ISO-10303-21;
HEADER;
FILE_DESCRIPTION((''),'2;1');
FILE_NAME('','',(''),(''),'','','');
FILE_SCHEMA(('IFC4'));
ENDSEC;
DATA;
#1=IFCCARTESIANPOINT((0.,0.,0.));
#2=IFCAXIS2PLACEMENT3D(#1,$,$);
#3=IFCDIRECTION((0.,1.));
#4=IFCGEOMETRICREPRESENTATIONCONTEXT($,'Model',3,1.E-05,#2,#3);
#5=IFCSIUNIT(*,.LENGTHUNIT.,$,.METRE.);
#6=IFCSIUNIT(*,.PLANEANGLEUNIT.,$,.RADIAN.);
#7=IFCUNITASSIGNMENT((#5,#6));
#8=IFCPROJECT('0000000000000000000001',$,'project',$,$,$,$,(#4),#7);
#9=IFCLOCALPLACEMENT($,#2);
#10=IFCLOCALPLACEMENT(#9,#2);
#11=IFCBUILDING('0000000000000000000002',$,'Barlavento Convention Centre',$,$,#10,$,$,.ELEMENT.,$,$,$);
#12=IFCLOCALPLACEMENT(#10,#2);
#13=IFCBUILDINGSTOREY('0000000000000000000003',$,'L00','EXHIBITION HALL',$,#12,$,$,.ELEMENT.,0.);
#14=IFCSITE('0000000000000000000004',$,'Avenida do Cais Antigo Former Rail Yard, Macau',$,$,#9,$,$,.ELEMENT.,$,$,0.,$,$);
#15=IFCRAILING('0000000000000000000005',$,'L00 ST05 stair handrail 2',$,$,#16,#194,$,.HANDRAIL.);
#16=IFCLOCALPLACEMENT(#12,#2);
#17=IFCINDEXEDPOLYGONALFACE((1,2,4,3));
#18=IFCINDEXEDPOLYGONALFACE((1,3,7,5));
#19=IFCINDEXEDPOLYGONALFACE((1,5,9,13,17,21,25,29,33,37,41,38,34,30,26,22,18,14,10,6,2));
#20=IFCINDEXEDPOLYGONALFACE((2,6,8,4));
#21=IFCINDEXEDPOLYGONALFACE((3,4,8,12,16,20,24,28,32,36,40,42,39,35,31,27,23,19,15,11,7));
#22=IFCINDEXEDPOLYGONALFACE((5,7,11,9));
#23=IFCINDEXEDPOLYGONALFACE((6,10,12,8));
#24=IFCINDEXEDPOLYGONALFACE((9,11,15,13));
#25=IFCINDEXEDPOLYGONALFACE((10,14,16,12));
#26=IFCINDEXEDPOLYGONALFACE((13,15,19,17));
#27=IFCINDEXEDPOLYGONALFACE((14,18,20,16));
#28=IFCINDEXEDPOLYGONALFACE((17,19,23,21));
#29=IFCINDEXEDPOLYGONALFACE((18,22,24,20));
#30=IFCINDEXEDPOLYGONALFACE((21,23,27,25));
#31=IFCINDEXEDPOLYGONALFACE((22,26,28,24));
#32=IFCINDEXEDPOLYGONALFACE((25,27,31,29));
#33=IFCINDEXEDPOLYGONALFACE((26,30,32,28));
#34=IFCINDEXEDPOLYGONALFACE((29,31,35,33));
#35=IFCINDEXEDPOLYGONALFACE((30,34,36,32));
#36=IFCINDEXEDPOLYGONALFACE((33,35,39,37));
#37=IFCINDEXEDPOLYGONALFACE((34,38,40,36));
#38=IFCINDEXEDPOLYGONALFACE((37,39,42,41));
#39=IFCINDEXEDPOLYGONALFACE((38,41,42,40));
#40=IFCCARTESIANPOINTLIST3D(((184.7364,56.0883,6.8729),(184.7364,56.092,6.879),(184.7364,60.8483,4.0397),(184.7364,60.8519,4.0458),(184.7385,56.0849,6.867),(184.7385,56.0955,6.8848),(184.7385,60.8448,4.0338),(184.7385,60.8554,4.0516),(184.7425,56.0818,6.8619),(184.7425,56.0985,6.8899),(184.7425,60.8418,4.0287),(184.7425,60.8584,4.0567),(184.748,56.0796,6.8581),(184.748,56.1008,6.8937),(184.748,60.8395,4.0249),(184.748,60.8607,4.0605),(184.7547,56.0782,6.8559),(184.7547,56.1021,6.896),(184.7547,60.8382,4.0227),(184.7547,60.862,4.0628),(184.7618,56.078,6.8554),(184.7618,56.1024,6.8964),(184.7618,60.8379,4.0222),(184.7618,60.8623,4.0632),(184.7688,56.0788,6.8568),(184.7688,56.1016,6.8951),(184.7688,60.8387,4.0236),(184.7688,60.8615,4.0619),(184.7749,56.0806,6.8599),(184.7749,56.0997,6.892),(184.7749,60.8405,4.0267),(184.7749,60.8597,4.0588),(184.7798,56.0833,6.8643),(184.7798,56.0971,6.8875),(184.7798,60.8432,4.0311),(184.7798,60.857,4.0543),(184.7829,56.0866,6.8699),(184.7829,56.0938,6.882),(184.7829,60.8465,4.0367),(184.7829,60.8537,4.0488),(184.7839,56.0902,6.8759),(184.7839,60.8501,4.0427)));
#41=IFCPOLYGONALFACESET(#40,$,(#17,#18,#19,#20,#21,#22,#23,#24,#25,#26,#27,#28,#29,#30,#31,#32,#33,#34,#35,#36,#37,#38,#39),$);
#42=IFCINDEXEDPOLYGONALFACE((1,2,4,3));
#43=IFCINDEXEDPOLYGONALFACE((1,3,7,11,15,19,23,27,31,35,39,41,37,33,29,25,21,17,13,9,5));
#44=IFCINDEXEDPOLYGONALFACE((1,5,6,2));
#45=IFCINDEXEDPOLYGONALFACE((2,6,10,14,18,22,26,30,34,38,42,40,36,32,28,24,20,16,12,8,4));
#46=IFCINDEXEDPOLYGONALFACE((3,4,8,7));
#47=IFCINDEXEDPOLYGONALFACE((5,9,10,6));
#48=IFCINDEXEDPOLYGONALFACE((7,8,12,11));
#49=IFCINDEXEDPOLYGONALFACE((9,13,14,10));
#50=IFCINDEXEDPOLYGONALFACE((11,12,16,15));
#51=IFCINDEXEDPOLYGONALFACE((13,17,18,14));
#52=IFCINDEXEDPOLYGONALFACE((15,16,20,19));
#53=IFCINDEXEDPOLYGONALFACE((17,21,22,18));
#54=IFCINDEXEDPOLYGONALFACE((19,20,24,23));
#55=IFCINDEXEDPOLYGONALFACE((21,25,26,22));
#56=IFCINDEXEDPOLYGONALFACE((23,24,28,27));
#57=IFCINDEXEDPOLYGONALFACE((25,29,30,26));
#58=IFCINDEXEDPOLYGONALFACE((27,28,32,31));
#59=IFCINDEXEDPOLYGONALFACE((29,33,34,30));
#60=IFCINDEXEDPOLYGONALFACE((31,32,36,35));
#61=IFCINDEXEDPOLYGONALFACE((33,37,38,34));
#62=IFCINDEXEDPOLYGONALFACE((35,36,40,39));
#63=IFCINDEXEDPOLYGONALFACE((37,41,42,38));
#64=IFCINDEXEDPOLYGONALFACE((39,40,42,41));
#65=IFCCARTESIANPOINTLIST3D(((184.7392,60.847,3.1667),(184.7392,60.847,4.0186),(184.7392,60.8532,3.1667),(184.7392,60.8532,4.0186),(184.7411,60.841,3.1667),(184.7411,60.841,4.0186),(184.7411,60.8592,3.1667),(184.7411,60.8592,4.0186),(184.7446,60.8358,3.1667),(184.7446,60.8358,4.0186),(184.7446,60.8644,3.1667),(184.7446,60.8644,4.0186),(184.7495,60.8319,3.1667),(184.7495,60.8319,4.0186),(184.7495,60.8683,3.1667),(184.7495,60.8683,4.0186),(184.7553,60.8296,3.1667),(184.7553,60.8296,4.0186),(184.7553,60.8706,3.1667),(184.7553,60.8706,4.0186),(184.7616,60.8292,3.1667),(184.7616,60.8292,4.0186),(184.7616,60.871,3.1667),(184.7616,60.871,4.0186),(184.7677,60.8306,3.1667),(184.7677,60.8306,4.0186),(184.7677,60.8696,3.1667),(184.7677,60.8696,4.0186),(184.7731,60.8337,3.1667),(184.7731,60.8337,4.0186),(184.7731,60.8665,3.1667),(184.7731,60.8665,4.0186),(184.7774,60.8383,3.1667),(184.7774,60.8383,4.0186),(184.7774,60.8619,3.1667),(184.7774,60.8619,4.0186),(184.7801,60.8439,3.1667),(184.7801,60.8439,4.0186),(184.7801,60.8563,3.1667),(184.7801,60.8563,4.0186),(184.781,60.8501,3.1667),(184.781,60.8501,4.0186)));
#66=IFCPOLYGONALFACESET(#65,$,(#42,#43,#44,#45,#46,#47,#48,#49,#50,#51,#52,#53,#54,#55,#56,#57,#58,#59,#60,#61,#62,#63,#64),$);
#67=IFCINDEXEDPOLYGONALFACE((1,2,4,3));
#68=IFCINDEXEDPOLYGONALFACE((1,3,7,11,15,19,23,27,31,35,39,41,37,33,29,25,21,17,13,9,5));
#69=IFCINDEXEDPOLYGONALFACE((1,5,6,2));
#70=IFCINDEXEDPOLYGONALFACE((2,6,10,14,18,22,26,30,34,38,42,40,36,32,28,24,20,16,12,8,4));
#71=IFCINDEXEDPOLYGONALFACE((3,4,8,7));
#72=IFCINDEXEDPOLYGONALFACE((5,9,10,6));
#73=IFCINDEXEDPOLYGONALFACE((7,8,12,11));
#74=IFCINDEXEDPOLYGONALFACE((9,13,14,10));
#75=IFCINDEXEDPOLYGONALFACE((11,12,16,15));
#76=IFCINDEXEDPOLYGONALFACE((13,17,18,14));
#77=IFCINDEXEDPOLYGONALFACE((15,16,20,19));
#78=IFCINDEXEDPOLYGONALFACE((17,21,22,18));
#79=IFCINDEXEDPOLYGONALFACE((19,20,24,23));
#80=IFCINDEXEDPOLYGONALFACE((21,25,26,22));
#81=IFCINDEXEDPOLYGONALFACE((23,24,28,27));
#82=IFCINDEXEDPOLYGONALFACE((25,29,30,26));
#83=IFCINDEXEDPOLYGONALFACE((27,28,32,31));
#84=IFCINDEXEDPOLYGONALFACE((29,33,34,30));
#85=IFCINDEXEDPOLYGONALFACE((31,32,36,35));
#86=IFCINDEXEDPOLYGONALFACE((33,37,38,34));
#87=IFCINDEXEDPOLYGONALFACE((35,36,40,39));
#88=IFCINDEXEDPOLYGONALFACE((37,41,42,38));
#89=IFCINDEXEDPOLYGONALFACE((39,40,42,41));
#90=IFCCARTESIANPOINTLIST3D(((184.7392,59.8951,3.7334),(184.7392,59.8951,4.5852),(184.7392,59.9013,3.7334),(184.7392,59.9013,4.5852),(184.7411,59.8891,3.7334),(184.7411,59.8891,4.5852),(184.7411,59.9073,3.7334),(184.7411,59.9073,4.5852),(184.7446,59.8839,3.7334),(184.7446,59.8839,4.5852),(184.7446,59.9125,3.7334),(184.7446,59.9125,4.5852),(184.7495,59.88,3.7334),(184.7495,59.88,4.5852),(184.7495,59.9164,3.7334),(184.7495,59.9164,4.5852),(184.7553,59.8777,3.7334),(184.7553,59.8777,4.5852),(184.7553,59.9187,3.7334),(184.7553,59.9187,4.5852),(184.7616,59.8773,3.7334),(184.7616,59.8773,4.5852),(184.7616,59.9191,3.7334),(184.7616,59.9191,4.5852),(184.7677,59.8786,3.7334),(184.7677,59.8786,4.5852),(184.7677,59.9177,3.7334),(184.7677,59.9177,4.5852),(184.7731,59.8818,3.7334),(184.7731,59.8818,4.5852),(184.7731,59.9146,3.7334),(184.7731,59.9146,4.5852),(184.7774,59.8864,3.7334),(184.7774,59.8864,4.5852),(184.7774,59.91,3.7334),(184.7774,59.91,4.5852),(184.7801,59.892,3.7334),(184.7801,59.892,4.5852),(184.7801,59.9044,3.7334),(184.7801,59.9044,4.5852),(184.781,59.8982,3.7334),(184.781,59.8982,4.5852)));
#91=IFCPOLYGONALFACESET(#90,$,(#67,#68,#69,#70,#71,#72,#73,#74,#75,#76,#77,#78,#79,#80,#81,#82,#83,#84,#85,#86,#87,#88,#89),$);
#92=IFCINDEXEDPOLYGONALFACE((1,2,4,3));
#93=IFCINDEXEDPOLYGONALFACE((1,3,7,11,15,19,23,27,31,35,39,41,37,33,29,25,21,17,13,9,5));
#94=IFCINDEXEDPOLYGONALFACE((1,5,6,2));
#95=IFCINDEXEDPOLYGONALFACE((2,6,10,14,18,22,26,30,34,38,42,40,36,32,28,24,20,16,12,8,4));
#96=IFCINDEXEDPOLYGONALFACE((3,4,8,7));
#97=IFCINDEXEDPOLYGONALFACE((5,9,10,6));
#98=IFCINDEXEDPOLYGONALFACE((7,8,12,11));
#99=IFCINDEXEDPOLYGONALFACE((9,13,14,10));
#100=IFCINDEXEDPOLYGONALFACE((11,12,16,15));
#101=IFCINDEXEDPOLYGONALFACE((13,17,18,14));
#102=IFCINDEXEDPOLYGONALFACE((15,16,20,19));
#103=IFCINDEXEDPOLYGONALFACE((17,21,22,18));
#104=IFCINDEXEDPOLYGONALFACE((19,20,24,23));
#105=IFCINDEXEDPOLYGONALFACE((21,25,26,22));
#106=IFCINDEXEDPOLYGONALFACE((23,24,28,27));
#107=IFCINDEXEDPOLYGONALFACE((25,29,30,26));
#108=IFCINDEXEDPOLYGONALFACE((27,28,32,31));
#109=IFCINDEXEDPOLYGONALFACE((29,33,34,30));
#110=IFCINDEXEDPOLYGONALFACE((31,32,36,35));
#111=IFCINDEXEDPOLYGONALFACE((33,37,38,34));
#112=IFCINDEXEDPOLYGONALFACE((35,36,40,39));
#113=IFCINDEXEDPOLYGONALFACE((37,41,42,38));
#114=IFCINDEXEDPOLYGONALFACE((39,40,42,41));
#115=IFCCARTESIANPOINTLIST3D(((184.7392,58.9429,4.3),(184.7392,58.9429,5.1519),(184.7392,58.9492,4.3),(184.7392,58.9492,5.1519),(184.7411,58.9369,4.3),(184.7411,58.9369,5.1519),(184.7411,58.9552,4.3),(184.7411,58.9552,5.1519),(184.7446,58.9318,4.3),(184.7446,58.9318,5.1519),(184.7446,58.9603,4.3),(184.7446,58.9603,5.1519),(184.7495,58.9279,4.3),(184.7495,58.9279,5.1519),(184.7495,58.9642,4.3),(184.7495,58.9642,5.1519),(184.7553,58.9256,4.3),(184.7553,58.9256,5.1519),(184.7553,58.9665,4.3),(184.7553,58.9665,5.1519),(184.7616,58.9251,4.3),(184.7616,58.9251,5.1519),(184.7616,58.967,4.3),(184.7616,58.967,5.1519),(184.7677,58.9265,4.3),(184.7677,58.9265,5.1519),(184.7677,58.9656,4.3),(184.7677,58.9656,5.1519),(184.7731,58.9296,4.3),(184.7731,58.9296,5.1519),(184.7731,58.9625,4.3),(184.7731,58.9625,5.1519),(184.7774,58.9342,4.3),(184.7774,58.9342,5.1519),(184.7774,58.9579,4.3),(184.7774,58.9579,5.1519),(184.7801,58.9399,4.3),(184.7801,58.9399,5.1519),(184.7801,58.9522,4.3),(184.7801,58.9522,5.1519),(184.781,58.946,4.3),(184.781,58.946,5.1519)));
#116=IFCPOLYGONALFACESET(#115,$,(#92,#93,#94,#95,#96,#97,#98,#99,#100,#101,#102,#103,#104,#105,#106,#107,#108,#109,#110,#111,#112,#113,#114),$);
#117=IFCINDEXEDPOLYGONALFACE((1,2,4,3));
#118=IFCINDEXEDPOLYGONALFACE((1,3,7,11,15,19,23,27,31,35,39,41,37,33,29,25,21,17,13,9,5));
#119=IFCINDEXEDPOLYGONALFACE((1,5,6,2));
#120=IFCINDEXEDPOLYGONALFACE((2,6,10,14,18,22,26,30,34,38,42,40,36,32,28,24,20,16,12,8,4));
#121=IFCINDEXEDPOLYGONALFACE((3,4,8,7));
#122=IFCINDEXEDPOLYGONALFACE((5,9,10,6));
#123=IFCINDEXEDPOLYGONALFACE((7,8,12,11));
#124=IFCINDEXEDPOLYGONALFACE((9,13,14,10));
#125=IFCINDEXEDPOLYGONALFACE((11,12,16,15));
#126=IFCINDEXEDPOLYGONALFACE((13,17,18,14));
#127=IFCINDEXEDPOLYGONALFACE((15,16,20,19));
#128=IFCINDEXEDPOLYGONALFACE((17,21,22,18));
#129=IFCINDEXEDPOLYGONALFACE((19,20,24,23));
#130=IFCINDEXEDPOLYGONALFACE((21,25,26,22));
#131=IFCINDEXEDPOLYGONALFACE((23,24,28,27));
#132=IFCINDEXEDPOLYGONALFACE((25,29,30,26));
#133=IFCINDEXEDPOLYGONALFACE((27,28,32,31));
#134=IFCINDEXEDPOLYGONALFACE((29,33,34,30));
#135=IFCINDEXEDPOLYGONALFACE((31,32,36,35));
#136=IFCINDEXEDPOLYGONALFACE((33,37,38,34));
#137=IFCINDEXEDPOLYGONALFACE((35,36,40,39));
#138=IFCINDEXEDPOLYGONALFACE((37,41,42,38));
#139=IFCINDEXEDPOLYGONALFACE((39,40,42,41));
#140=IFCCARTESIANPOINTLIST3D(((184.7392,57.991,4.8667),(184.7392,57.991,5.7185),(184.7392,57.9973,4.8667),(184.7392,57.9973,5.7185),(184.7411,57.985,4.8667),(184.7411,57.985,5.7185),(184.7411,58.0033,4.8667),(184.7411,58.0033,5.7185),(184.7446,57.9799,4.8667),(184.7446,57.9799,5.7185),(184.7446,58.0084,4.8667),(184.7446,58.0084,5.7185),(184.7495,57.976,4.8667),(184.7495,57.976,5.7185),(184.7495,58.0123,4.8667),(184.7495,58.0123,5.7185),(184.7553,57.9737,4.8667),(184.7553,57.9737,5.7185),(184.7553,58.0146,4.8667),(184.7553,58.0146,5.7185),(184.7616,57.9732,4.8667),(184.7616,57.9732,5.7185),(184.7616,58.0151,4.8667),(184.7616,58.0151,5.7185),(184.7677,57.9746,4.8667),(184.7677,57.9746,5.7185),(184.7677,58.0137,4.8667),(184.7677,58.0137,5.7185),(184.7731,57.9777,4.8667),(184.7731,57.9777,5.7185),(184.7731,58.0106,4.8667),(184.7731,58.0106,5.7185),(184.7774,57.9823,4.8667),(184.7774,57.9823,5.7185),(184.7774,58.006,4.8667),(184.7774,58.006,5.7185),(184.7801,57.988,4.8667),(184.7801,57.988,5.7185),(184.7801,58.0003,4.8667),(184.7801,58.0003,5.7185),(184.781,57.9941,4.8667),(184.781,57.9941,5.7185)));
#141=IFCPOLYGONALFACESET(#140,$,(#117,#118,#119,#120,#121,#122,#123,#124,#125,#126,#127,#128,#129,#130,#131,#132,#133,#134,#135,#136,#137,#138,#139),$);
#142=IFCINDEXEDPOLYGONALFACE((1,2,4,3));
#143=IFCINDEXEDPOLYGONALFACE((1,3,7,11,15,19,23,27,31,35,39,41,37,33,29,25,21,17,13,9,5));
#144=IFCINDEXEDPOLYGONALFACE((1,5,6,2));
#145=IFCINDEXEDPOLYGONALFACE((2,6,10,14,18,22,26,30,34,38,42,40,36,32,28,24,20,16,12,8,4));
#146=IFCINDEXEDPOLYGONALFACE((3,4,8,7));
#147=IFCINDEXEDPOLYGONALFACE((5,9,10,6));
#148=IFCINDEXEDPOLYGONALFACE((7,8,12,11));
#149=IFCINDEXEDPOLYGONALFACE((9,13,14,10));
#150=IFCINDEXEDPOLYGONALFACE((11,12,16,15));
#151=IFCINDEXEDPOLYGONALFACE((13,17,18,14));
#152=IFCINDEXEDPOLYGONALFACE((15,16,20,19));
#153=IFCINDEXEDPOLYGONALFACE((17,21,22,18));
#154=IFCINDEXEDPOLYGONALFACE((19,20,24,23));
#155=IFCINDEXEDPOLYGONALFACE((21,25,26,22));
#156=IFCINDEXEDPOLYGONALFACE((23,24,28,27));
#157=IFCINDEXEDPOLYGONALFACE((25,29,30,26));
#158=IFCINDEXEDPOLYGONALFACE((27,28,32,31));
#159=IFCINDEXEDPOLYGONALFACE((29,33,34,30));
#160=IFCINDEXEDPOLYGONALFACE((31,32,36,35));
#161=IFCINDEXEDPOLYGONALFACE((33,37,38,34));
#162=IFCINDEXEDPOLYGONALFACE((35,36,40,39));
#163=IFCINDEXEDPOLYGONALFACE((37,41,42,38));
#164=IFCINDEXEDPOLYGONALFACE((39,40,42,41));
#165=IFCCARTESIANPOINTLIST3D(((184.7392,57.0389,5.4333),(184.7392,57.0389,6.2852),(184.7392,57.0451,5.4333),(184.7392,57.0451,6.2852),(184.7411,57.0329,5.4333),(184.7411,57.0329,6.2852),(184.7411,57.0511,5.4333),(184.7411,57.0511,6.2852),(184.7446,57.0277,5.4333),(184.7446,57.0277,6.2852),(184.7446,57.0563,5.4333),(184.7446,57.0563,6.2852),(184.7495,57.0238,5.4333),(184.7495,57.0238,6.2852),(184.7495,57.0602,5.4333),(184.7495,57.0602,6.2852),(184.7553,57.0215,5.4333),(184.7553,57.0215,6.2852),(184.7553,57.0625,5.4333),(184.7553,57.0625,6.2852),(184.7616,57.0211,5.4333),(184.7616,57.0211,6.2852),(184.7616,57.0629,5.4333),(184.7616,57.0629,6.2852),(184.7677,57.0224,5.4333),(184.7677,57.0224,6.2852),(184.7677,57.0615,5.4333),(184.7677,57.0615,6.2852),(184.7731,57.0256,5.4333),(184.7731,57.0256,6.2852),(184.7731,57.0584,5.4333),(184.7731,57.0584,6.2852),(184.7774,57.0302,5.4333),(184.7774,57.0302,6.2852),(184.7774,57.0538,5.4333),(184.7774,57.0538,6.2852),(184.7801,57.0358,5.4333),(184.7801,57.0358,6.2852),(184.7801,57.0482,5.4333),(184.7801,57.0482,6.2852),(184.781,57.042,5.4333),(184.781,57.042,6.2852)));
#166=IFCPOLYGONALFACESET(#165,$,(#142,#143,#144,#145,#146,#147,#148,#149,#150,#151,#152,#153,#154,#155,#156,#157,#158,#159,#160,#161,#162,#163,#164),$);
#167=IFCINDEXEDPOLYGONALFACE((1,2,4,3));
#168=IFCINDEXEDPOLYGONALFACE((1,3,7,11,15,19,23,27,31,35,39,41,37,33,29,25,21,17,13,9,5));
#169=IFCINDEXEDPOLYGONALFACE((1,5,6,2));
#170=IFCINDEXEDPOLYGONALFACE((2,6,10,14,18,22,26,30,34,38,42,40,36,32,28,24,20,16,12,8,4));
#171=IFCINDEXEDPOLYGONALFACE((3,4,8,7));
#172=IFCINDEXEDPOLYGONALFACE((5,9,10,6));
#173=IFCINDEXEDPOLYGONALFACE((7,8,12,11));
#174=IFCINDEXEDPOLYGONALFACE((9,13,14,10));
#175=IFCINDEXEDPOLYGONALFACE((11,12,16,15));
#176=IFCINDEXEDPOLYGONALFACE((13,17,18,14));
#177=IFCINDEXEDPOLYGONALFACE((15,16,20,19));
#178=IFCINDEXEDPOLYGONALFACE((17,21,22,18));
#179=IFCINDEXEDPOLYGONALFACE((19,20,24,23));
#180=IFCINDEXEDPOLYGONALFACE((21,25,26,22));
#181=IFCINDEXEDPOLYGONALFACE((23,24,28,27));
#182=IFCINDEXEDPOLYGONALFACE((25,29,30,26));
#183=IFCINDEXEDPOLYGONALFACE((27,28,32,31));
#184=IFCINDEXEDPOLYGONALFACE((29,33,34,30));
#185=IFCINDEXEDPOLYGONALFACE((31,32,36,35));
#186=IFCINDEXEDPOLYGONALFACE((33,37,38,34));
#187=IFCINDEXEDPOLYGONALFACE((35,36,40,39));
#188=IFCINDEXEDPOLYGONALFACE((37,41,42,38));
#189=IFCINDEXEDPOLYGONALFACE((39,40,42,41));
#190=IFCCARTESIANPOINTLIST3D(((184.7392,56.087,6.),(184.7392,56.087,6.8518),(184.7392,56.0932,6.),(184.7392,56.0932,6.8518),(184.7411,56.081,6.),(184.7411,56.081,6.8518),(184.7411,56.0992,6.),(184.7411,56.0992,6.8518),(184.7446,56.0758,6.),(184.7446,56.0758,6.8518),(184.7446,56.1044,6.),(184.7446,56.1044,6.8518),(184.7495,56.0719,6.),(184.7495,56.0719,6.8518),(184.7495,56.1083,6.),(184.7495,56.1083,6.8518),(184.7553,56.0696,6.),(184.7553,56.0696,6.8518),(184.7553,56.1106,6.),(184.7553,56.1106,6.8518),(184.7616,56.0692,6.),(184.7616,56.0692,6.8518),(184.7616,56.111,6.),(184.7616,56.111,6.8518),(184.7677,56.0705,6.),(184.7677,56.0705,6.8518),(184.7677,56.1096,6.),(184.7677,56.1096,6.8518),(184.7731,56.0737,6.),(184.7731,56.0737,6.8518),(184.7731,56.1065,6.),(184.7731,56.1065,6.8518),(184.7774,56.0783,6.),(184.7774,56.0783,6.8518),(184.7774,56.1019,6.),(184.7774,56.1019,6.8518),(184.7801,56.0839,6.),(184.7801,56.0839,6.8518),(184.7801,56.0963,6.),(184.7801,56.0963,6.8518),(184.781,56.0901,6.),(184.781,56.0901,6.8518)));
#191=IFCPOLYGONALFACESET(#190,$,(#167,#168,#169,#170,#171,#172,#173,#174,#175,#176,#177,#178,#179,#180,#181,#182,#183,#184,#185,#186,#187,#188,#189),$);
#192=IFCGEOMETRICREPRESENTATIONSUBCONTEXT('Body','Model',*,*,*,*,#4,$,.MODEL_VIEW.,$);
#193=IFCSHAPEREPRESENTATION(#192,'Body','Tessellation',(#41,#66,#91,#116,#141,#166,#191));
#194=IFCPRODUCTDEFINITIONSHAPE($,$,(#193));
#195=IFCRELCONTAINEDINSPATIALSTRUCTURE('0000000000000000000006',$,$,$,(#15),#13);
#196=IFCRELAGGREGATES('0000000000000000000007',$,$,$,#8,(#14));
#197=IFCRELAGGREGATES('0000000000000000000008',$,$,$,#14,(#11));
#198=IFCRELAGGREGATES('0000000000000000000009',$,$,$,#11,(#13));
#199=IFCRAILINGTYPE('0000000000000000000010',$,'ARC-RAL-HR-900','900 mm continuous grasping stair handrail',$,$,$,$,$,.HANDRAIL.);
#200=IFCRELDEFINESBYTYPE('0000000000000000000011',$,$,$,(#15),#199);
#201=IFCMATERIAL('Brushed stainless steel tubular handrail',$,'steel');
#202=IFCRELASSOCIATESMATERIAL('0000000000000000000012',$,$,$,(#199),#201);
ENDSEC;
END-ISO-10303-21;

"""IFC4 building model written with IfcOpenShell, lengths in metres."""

from ifc_helpers import new_model, si_unit, direction, frame, origin, origin_2d, place, context, subcontext, project, spatial, circle, extrude, material, type_object, element, save


model = new_model("IFC4")

# Units and contexts
model_context = context("Model", 3, precision=1e-05, world=origin(), true_north=direction((0.0, 1.0)))
body_context = subcontext(model_context, "Body", "Model", "MODEL_VIEW")
ifc_project = project(units=[si_unit("LENGTHUNIT", "METRE"), si_unit("PLANEANGLEUNIT", "RADIAN")], contexts=[model_context])

# Site, building, storey
site_placement = place(None, origin())
site = spatial("IfcSite", under=ifc_project, at=site_placement, Name="Avenida do Cais Antigo Former Rail Yard, Macau", CompositionType="ELEMENT", RefElevation=0.0)
building_placement = place(site_placement, origin())
building = spatial("IfcBuilding", under=site, at=building_placement, Name="Barlavento Convention Centre", CompositionType="ELEMENT")
storey_placement = place(building_placement, origin())
storey = spatial("IfcBuildingStorey", under=building, at=storey_placement, Name="L00", Description="EXHIBITION HALL", CompositionType="ELEMENT", Elevation=0.0)

# Railing
ifc_material_1 = material(Name="Brushed stainless steel tubular handrail", Category="steel")
railing_type_1 = type_object("IfcRailingType", Name="ARC-RAL-HR-900", Description="900 mm continuous grasping stair handrail", PredefinedType="HANDRAIL", material=ifc_material_1)
railing_1_placement = place(storey_placement, frame((184.76, 60.8501, 3.1667)))
element("IfcRailing", 1, at=railing_1_placement, inside=storey, type_object=railing_type_1, Name="L00 ST05 stair handrail 2", PredefinedType="HANDRAIL", context=body_context, shape_type="SweptSolid", body=[
    extrude(circle(Radius=0.0239, at=origin_2d()), frame((0.0, 0.0, 0.876), z_axis=(0.0, -0.8593, 0.511472), x_axis=(1.0, 0.0, 0.0)), (0.0, 0.0, 1.0), 5.5393),
    extrude(circle(Radius=0.021, at=origin_2d()), origin(), (0.0, 0.0, 1.0), 0.8518),
    extrude(circle(Radius=0.021, at=origin_2d()), frame((0.0, -0.9519, 0.5667)), (0.0, 0.0, 1.0), 0.8518),
    extrude(circle(Radius=0.021, at=origin_2d()), frame((0.0, -1.9041, 1.1333)), (0.0, 0.0, 1.0), 0.8518),
    extrude(circle(Radius=0.021, at=origin_2d()), frame((0.0, -2.856, 1.7)), (0.0, 0.0, 1.0), 0.8518),
    extrude(circle(Radius=0.021, at=origin_2d()), frame((0.0, -3.8081, 2.2666)), (0.0, 0.0, 1.0), 0.8518),
    extrude(circle(Radius=0.021, at=origin_2d()), frame((0.0, -4.76, 2.8333)), (0.0, 0.0, 1.0), 0.8518),
])

save(model, "model.ifc")
